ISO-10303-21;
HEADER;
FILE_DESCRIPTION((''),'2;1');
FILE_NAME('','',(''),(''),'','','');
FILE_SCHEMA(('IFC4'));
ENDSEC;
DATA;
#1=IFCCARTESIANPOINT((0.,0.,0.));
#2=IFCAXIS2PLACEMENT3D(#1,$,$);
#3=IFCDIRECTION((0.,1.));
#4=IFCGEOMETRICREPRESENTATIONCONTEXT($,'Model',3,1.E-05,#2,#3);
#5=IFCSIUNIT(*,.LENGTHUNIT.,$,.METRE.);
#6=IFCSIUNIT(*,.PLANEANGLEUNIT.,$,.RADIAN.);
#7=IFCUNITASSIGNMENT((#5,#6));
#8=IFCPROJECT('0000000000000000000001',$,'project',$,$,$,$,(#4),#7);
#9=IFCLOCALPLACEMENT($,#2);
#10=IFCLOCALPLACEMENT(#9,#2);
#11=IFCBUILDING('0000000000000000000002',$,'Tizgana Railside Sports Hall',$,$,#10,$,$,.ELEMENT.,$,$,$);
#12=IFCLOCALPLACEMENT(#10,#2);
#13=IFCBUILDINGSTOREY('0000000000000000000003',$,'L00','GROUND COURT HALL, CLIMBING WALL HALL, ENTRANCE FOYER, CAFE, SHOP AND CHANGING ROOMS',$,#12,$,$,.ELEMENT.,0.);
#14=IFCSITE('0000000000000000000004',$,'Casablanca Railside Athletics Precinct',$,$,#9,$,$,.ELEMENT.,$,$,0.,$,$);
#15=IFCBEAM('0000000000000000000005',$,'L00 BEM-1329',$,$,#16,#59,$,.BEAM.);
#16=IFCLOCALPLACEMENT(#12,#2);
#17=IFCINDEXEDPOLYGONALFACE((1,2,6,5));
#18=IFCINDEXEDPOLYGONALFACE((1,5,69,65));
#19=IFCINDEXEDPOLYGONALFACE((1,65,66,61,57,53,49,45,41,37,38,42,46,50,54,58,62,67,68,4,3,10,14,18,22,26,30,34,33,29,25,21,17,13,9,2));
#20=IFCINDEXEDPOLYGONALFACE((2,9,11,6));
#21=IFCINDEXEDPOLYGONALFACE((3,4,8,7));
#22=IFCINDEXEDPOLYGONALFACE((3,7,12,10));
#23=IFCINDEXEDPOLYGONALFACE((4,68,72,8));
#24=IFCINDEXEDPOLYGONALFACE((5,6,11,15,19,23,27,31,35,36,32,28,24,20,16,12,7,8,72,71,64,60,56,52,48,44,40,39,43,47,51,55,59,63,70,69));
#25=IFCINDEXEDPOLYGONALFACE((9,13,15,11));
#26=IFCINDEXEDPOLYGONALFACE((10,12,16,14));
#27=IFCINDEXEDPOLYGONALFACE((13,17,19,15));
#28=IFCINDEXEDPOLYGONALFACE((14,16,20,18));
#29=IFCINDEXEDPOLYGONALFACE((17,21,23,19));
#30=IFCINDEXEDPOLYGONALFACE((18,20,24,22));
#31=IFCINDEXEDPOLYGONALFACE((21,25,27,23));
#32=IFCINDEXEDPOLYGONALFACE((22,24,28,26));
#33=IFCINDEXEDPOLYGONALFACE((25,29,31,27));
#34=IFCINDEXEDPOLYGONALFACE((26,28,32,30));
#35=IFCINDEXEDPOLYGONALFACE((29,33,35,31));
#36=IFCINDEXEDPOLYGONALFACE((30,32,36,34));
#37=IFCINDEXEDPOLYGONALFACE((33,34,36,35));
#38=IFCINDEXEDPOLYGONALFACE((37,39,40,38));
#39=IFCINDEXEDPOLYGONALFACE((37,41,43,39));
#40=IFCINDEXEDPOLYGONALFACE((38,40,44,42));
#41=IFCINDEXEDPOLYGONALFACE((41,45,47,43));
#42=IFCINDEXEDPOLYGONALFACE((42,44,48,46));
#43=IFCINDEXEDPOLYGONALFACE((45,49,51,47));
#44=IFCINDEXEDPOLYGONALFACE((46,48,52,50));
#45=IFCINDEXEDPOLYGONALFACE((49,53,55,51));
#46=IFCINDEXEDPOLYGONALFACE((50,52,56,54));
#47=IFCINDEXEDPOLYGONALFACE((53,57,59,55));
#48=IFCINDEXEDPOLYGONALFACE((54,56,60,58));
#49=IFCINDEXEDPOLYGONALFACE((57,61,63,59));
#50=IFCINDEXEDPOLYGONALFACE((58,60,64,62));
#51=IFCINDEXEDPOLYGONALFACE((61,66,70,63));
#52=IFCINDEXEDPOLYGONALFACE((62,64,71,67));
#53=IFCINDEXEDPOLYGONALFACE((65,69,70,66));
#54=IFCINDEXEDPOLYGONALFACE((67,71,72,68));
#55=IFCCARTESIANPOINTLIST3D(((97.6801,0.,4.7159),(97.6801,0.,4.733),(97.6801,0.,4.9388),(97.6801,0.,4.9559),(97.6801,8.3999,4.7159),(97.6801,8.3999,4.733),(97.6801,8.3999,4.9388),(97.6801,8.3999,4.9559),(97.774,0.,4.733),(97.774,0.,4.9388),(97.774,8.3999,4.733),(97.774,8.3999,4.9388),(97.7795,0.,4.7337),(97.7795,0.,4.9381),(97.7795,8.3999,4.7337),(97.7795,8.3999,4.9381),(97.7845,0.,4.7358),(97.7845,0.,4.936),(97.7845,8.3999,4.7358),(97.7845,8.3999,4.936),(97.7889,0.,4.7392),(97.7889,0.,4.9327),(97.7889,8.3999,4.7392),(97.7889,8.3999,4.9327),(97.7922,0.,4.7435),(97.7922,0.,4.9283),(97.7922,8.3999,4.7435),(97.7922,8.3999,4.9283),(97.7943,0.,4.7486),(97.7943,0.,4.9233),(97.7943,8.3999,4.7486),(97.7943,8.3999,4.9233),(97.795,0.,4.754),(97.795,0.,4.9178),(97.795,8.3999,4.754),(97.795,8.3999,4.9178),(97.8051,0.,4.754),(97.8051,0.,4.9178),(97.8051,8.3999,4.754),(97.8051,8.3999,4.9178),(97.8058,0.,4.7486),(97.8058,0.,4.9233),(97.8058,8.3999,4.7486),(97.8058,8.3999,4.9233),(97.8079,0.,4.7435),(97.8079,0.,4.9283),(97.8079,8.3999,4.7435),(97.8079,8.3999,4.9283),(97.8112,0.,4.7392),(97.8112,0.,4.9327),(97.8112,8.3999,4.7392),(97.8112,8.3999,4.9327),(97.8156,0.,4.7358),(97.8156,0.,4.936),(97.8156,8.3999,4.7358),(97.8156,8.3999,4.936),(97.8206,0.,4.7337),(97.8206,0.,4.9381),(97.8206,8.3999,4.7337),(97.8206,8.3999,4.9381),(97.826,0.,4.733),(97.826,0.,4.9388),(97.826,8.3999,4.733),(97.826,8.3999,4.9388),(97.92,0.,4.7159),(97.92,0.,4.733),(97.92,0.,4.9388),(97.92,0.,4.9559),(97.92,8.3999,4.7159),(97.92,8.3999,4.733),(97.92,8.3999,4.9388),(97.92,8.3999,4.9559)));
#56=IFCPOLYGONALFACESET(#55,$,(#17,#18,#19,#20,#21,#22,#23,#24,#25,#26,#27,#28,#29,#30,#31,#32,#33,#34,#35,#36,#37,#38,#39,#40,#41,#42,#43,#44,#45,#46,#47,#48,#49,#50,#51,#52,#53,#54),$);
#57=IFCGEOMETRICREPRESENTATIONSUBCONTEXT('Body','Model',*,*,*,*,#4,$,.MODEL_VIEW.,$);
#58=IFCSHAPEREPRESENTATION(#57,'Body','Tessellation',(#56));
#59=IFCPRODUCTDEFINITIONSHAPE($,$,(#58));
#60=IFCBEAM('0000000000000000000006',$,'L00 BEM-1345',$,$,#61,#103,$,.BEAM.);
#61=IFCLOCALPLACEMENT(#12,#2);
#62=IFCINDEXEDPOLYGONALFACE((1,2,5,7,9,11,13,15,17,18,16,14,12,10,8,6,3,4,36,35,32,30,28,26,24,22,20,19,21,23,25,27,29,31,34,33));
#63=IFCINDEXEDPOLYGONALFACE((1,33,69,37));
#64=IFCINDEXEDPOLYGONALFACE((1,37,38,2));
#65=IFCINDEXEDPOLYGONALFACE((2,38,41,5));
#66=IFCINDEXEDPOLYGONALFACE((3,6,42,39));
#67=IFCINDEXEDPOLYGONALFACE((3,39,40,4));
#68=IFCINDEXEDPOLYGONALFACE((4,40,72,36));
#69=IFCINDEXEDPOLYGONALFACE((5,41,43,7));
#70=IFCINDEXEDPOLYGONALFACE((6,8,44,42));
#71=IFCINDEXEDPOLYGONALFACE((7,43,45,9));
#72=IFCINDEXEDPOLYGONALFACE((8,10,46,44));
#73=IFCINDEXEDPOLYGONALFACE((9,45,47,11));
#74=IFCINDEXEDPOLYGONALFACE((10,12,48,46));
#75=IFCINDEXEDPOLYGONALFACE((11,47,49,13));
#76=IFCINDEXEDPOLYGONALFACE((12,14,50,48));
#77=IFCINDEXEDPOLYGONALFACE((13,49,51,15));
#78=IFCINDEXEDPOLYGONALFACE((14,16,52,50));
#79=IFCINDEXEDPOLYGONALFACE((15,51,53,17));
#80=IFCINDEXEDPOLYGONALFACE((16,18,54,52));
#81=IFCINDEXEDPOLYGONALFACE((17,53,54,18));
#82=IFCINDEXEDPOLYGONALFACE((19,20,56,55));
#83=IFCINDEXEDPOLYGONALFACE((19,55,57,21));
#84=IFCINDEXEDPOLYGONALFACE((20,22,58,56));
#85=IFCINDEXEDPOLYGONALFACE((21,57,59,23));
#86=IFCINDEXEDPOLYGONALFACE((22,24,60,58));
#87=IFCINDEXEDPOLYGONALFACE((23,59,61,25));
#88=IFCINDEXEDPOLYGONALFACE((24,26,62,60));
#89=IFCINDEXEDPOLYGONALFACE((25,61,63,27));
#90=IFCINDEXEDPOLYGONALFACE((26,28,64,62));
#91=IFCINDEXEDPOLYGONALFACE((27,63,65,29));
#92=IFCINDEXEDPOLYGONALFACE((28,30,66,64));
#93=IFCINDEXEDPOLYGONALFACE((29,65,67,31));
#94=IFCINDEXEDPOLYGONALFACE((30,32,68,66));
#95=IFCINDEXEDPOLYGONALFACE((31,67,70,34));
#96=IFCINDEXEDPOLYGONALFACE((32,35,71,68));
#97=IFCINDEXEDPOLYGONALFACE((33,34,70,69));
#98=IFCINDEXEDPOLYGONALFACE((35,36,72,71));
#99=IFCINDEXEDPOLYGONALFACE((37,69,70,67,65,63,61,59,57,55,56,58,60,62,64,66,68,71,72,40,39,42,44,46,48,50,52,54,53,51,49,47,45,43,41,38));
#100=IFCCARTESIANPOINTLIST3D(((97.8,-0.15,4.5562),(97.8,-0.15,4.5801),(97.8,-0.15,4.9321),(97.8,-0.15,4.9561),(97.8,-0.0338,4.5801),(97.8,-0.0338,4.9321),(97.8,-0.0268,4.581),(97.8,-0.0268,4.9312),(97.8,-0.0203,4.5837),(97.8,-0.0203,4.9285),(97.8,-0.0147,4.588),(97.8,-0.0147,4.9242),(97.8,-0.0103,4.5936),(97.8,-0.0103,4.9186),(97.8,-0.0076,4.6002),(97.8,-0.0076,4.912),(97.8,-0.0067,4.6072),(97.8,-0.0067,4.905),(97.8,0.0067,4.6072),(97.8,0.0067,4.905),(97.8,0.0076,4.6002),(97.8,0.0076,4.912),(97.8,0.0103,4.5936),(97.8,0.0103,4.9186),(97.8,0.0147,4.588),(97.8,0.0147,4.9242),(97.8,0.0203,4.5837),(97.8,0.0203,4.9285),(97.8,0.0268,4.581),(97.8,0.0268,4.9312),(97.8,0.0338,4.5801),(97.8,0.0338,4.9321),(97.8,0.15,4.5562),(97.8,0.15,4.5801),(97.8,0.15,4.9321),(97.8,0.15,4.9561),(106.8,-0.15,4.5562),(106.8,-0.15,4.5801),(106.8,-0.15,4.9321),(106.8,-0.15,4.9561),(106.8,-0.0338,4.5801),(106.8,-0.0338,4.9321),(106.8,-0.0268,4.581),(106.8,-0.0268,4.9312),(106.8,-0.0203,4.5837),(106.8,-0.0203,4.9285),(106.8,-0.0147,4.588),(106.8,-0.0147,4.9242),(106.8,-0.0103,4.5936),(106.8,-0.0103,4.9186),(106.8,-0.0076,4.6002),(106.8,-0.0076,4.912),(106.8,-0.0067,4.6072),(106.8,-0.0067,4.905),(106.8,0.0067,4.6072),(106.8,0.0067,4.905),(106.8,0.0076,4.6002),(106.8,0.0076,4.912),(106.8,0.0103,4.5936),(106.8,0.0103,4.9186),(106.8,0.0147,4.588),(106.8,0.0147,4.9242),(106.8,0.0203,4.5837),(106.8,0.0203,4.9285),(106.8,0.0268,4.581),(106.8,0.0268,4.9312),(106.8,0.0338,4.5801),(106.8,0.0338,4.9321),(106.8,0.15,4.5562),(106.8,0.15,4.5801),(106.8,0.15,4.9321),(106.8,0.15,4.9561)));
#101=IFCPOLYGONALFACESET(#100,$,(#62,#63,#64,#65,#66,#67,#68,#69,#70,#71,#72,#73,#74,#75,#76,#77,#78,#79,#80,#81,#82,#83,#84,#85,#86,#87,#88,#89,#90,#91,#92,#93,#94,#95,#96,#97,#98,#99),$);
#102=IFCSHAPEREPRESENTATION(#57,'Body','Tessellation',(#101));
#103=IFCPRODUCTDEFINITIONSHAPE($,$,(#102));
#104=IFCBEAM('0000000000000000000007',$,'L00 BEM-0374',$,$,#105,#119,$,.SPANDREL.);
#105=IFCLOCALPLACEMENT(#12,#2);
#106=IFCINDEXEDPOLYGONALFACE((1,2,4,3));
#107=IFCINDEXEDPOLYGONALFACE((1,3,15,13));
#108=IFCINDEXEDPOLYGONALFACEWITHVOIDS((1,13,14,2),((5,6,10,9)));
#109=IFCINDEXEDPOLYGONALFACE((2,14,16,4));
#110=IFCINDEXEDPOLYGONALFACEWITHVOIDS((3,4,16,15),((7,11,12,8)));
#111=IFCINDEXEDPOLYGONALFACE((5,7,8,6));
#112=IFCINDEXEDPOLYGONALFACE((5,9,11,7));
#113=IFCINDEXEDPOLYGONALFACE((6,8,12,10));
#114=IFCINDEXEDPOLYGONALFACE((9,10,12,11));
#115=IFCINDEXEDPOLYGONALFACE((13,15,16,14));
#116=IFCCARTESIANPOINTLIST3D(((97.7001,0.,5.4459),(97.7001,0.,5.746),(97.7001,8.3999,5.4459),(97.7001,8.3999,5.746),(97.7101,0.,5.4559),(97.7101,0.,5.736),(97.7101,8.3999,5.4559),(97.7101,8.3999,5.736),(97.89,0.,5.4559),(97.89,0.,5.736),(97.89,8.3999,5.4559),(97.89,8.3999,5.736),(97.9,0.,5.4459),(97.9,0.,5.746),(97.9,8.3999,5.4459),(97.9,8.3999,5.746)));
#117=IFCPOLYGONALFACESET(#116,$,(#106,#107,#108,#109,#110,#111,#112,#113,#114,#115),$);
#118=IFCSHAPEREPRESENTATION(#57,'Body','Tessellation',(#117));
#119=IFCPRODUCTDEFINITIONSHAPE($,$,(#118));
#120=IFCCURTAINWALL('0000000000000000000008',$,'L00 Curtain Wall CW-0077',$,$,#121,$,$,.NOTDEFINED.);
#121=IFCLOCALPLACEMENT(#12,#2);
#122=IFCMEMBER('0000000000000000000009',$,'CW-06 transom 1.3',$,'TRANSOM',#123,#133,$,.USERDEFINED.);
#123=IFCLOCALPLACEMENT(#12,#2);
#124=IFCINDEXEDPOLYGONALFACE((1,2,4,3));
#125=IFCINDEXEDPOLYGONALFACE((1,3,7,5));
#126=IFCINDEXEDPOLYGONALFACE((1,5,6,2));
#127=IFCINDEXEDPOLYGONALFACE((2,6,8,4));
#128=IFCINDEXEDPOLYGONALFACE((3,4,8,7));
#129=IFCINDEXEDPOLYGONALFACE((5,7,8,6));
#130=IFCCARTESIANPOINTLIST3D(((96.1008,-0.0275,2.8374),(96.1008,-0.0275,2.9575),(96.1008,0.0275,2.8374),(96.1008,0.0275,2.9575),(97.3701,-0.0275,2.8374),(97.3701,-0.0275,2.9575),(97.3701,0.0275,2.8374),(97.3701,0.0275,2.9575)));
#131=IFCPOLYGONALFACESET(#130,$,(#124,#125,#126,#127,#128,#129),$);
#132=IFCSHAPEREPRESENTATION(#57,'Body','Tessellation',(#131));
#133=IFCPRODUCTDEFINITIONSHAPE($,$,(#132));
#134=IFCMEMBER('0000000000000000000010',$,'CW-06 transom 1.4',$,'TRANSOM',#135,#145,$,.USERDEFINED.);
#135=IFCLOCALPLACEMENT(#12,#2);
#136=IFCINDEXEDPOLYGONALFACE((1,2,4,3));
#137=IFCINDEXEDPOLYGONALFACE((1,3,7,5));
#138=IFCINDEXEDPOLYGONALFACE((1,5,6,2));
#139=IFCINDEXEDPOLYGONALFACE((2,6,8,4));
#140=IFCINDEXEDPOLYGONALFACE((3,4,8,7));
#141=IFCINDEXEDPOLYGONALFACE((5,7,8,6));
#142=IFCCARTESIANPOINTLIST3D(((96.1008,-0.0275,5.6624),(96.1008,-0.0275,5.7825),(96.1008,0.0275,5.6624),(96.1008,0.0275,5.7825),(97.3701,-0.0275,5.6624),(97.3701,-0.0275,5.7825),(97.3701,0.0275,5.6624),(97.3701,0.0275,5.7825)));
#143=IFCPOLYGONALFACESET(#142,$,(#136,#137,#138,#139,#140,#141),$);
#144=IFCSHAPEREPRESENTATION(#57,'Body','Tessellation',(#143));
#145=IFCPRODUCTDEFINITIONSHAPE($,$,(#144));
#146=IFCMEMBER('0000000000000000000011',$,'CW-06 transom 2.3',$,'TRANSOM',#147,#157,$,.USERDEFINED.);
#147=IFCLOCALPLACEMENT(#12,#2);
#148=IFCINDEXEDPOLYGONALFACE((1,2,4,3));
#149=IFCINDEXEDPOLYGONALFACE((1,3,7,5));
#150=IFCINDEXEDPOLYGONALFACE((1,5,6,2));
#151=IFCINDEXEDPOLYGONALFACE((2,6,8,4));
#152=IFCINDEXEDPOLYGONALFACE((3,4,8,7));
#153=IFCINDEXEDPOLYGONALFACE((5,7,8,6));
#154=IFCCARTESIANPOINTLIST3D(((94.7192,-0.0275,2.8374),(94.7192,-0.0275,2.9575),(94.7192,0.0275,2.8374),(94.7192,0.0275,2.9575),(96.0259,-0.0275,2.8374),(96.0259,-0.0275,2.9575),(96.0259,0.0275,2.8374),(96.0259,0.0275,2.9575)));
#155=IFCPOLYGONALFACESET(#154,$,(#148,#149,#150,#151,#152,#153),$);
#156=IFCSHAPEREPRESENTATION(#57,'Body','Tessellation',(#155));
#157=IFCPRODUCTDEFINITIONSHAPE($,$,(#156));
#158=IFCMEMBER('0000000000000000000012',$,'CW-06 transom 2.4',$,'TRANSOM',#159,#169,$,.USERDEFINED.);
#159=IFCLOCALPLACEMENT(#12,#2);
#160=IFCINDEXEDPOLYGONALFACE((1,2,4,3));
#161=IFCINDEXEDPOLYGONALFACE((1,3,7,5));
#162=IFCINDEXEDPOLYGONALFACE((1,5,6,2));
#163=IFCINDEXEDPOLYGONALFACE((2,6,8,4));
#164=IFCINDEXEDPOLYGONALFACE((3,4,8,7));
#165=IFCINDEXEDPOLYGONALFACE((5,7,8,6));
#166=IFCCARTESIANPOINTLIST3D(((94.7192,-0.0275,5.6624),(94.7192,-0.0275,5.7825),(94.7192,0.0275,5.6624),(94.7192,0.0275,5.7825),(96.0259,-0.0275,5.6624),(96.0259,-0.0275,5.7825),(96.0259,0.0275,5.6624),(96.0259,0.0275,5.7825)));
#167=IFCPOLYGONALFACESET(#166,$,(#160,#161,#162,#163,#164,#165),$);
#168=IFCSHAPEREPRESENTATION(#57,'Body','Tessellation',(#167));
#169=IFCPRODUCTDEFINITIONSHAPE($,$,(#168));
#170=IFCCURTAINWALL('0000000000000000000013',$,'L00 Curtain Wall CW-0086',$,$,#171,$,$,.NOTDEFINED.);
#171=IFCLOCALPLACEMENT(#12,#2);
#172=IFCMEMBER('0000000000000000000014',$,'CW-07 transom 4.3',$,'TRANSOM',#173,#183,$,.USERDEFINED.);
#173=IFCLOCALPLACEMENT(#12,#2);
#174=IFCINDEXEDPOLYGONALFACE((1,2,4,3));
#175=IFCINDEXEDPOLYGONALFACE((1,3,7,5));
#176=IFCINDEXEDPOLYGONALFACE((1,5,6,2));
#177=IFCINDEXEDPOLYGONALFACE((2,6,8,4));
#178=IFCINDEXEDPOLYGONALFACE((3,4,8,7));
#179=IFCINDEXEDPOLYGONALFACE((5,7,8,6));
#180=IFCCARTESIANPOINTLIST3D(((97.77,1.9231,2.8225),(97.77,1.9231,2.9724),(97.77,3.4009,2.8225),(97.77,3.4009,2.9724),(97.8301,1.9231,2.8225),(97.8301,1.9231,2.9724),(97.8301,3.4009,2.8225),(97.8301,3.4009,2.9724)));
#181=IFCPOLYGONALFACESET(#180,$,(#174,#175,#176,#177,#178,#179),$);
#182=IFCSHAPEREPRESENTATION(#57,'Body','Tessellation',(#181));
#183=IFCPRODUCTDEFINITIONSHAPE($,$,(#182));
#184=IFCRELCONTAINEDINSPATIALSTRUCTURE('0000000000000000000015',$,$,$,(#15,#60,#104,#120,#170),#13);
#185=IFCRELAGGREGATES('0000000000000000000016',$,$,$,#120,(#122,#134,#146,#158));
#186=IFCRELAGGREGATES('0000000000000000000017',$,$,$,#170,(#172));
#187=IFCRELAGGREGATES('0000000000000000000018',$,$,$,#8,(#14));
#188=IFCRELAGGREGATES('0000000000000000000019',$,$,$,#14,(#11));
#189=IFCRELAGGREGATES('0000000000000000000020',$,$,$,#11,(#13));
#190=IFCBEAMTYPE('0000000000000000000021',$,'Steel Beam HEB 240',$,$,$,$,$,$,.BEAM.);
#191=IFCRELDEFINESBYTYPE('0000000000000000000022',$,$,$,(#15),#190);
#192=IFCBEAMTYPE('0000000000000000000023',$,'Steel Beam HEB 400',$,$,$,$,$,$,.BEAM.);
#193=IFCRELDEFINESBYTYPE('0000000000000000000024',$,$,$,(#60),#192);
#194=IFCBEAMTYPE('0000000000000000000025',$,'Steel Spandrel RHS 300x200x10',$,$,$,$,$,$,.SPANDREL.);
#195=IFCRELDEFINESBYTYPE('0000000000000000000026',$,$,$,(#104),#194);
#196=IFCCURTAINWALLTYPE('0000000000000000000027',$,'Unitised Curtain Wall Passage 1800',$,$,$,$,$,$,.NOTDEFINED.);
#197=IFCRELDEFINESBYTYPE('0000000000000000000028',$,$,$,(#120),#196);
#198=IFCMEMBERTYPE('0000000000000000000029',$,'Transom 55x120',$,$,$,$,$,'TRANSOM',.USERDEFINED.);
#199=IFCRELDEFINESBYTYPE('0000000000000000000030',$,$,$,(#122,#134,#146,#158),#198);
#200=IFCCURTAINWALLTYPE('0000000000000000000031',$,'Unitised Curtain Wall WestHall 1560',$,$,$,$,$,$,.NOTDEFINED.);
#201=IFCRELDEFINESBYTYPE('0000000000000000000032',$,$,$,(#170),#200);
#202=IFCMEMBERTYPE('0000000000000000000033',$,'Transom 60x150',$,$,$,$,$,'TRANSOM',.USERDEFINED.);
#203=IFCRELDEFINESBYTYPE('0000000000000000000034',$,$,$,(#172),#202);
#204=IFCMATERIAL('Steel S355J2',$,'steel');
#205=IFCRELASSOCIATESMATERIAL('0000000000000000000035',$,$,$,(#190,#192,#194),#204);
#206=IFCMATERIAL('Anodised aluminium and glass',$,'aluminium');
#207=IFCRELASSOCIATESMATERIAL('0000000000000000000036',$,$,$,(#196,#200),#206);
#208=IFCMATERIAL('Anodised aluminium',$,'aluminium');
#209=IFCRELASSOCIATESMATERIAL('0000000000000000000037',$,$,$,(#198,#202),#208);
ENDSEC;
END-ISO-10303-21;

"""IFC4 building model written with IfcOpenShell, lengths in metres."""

from ifc_helpers import new_model, si_unit, direction, frame, origin, origin_2d, place, context, subcontext, project, spatial, rectangle, hollow_rectangle, i_section, extrude, material, material_profile, profile_set, type_object, element, aggregate, save


model = new_model("IFC4")

# Units and contexts
model_context = context("Model", 3, precision=1e-05, world=origin(), true_north=direction((0.0, 1.0)))
body_context = subcontext(model_context, "Body", "Model", "MODEL_VIEW")
ifc_project = project(units=[si_unit("LENGTHUNIT", "METRE"), si_unit("PLANEANGLEUNIT", "RADIAN")], contexts=[model_context])

# Site, building, storey
site_placement = place(None, origin())
site = spatial("IfcSite", under=ifc_project, at=site_placement, Name="Casablanca Railside Athletics Precinct", CompositionType="ELEMENT", RefElevation=0.0)
building_placement = place(site_placement, origin())
building = spatial("IfcBuilding", under=site, at=building_placement, Name="Tizgana Railside Sports Hall", CompositionType="ELEMENT")
storey_placement = place(building_placement, origin())
storey = spatial("IfcBuildingStorey", under=building, at=storey_placement, Name="L00", Description="GROUND COURT HALL, CLIMBING WALL HALL, ENTRANCE FOYER, CAFE, SHOP AND CHANGING ROOMS", CompositionType="ELEMENT", Elevation=0.0)

# Beams
ifc_material_1 = material(Name="Steel S355J2", Category="steel")
ifc_material_profile_1 = material_profile(ifc_material_1, i_section(OverallWidth=0.24, OverallDepth=0.24, WebThickness=0.01, FlangeThickness=0.0171, FilletRadius=0.021, at=origin_2d()), Name="HEB 240")
ifc_profile_set_1 = profile_set([ifc_material_profile_1], Name="Steel S355J2")
beam_type_1 = type_object("IfcBeamType", Name="Steel Beam HEB 240", PredefinedType="BEAM", material=ifc_profile_set_1)
beam_1_placement = place(storey_placement, frame((97.8, 0.0, 4.8359), z_axis=(0.0, 1.0, 0.0), x_axis=(-1.0, 0.0, 0.0)))
element("IfcBeam", 1, at=beam_1_placement, inside=storey, type_object=beam_type_1, Name="L00 BEM-1329", PredefinedType="BEAM", context=body_context, shape_type="SweptSolid", body=[
    extrude(i_section(OverallWidth=0.24, OverallDepth=0.24, WebThickness=0.01, FlangeThickness=0.0171, FilletRadius=0.021, at=origin_2d()), origin(), (0.0, 0.0, 1.0), 8.3999),
])
ifc_material_profile_2 = material_profile(ifc_material_1, i_section(OverallWidth=0.3, OverallDepth=0.3999, WebThickness=0.0134, FlangeThickness=0.0239, FilletRadius=0.0271, at=origin_2d()), Name="HEB 400")
ifc_profile_set_2 = profile_set([ifc_material_profile_2], Name="Steel S355J2")
beam_type_2 = type_object("IfcBeamType", Name="Steel Beam HEB 400", PredefinedType="BEAM", material=ifc_profile_set_2)
beam_2_placement = place(storey_placement, frame((97.8, 0.0, 4.7561), z_axis=(1.0, 0.0, 0.0), x_axis=(0.0, 1.0, 0.0)))
element("IfcBeam", 2, at=beam_2_placement, inside=storey, type_object=beam_type_2, Name="L00 BEM-1345", PredefinedType="BEAM", context=body_context, shape_type="SweptSolid", body=[
    extrude(i_section(OverallWidth=0.3, OverallDepth=0.3999, WebThickness=0.0134, FlangeThickness=0.0239, FilletRadius=0.0271, at=origin_2d()), origin(), (0.0, 0.0, 1.0), 9.0),
])
ifc_material_profile_3 = material_profile(ifc_material_1, hollow_rectangle(XDim=0.2, YDim=0.3, WallThickness=0.01, at=origin_2d()), Name="RHS 300x200x10")
ifc_profile_set_3 = profile_set([ifc_material_profile_3], Name="Steel S355J2")
beam_type_3 = type_object("IfcBeamType", Name="Steel Spandrel RHS 300x200x10", PredefinedType="SPANDREL", material=ifc_profile_set_3)
beam_3_placement = place(storey_placement, frame((97.8, 0.0, 5.5959), z_axis=(0.0, 1.0, 0.0), x_axis=(-1.0, 0.0, 0.0)))
element("IfcBeam", 3, at=beam_3_placement, inside=storey, type_object=beam_type_3, Name="L00 BEM-0374", PredefinedType="SPANDREL", context=body_context, shape_type="SweptSolid", body=[
    extrude(hollow_rectangle(XDim=0.2, YDim=0.3, WallThickness=0.01, at=origin_2d()), origin(), (0.0, 0.0, 1.0), 8.3999),
])

# Curtain walls, members
ifc_material_2 = material(Name="Anodised aluminium and glass", Category="aluminium")
curtain_wall_type_1 = type_object("IfcCurtainWallType", Name="Unitised Curtain Wall Passage 1800", PredefinedType="NOTDEFINED", material=ifc_material_2)
curtain_wall_1_placement = place(storey_placement, origin())
curtain_wall_1 = element("IfcCurtainWall", 4, at=curtain_wall_1_placement, inside=storey, type_object=curtain_wall_type_1, Name="L00 Curtain Wall CW-0077", PredefinedType="NOTDEFINED")
ifc_material_3 = material(Name="Anodised aluminium", Category="aluminium")
ifc_material_profile_4 = material_profile(ifc_material_3, rectangle(XDim=0.0549, YDim=0.1201, at=origin_2d()), Name="Transom 55x120")
ifc_profile_set_4 = profile_set([ifc_material_profile_4], Name="Anodised aluminium")
member_type_1 = type_object("IfcMemberType", Name="Transom 55x120", ElementType="TRANSOM", PredefinedType="USERDEFINED", material=ifc_profile_set_4)
member_1_placement = place(storey_placement, frame((97.3701, 0.0, 2.8975), z_axis=(-1.0, 0.0, 0.0), x_axis=(0.0, -1.0, 0.0)))
member_1 = element("IfcMember", 5, at=member_1_placement, type_object=member_type_1, Name="CW-06 transom 1.3", ObjectType="TRANSOM", PredefinedType="USERDEFINED", context=body_context, shape_type="SweptSolid", body=[
    extrude(rectangle(XDim=0.0549, YDim=0.1201, at=origin_2d()), origin(), (0.0, 0.0, 1.0), 1.2693),
])
member_2_placement = place(storey_placement, frame((97.3701, 0.0, 5.7224), z_axis=(-1.0, 0.0, 0.0), x_axis=(0.0, -1.0, 0.0)))
member_2 = element("IfcMember", 6, at=member_2_placement, type_object=member_type_1, Name="CW-06 transom 1.4", ObjectType="TRANSOM", PredefinedType="USERDEFINED", context=body_context, shape_type="SweptSolid", body=[
    extrude(rectangle(XDim=0.0549, YDim=0.1201, at=origin_2d()), origin(), (0.0, 0.0, 1.0), 1.2693),
])
member_3_placement = place(storey_placement, frame((96.0259, 0.0, 2.8975), z_axis=(-1.0, 0.0, 0.0), x_axis=(0.0, -1.0, 0.0)))
member_3 = element("IfcMember", 7, at=member_3_placement, type_object=member_type_1, Name="CW-06 transom 2.3", ObjectType="TRANSOM", PredefinedType="USERDEFINED", context=body_context, shape_type="SweptSolid", body=[
    extrude(rectangle(XDim=0.0549, YDim=0.1201, at=origin_2d()), origin(), (0.0, 0.0, 1.0), 1.3066),
])
member_4_placement = place(storey_placement, frame((96.0259, 0.0, 5.7224), z_axis=(-1.0, 0.0, 0.0), x_axis=(0.0, -1.0, 0.0)))
member_4 = element("IfcMember", 8, at=member_4_placement, type_object=member_type_1, Name="CW-06 transom 2.4", ObjectType="TRANSOM", PredefinedType="USERDEFINED", context=body_context, shape_type="SweptSolid", body=[
    extrude(rectangle(XDim=0.0549, YDim=0.1201, at=origin_2d()), origin(), (0.0, 0.0, 1.0), 1.3066),
])
curtain_wall_type_2 = type_object("IfcCurtainWallType", Name="Unitised Curtain Wall WestHall 1560", PredefinedType="NOTDEFINED", material=ifc_material_2)
curtain_wall_2_placement = place(storey_placement, origin())
curtain_wall_2 = element("IfcCurtainWall", 9, at=curtain_wall_2_placement, inside=storey, type_object=curtain_wall_type_2, Name="L00 Curtain Wall CW-0086", PredefinedType="NOTDEFINED")
ifc_material_profile_5 = material_profile(ifc_material_3, rectangle(XDim=0.0601, YDim=0.1499, at=origin_2d()), Name="Transom 60x150")
ifc_profile_set_5 = profile_set([ifc_material_profile_5], Name="Anodised aluminium")
member_type_2 = type_object("IfcMemberType", Name="Transom 60x150", ElementType="TRANSOM", PredefinedType="USERDEFINED", material=ifc_profile_set_5)
member_5_placement = place(storey_placement, frame((97.8, 3.4009, 2.8975), z_axis=(0.0, -1.0, 0.0), x_axis=(1.0, 0.0, 0.0)))
member_5 = element("IfcMember", 10, at=member_5_placement, type_object=member_type_2, Name="CW-07 transom 4.3", ObjectType="TRANSOM", PredefinedType="USERDEFINED", context=body_context, shape_type="SweptSolid", body=[
    extrude(rectangle(XDim=0.0601, YDim=0.1499, at=origin_2d()), origin(), (0.0, 0.0, 1.0), 1.4778),
])

aggregate(curtain_wall_1, [member_1, member_2, member_3, member_4])
aggregate(curtain_wall_2, [member_5])

save(model, "model.ifc")
